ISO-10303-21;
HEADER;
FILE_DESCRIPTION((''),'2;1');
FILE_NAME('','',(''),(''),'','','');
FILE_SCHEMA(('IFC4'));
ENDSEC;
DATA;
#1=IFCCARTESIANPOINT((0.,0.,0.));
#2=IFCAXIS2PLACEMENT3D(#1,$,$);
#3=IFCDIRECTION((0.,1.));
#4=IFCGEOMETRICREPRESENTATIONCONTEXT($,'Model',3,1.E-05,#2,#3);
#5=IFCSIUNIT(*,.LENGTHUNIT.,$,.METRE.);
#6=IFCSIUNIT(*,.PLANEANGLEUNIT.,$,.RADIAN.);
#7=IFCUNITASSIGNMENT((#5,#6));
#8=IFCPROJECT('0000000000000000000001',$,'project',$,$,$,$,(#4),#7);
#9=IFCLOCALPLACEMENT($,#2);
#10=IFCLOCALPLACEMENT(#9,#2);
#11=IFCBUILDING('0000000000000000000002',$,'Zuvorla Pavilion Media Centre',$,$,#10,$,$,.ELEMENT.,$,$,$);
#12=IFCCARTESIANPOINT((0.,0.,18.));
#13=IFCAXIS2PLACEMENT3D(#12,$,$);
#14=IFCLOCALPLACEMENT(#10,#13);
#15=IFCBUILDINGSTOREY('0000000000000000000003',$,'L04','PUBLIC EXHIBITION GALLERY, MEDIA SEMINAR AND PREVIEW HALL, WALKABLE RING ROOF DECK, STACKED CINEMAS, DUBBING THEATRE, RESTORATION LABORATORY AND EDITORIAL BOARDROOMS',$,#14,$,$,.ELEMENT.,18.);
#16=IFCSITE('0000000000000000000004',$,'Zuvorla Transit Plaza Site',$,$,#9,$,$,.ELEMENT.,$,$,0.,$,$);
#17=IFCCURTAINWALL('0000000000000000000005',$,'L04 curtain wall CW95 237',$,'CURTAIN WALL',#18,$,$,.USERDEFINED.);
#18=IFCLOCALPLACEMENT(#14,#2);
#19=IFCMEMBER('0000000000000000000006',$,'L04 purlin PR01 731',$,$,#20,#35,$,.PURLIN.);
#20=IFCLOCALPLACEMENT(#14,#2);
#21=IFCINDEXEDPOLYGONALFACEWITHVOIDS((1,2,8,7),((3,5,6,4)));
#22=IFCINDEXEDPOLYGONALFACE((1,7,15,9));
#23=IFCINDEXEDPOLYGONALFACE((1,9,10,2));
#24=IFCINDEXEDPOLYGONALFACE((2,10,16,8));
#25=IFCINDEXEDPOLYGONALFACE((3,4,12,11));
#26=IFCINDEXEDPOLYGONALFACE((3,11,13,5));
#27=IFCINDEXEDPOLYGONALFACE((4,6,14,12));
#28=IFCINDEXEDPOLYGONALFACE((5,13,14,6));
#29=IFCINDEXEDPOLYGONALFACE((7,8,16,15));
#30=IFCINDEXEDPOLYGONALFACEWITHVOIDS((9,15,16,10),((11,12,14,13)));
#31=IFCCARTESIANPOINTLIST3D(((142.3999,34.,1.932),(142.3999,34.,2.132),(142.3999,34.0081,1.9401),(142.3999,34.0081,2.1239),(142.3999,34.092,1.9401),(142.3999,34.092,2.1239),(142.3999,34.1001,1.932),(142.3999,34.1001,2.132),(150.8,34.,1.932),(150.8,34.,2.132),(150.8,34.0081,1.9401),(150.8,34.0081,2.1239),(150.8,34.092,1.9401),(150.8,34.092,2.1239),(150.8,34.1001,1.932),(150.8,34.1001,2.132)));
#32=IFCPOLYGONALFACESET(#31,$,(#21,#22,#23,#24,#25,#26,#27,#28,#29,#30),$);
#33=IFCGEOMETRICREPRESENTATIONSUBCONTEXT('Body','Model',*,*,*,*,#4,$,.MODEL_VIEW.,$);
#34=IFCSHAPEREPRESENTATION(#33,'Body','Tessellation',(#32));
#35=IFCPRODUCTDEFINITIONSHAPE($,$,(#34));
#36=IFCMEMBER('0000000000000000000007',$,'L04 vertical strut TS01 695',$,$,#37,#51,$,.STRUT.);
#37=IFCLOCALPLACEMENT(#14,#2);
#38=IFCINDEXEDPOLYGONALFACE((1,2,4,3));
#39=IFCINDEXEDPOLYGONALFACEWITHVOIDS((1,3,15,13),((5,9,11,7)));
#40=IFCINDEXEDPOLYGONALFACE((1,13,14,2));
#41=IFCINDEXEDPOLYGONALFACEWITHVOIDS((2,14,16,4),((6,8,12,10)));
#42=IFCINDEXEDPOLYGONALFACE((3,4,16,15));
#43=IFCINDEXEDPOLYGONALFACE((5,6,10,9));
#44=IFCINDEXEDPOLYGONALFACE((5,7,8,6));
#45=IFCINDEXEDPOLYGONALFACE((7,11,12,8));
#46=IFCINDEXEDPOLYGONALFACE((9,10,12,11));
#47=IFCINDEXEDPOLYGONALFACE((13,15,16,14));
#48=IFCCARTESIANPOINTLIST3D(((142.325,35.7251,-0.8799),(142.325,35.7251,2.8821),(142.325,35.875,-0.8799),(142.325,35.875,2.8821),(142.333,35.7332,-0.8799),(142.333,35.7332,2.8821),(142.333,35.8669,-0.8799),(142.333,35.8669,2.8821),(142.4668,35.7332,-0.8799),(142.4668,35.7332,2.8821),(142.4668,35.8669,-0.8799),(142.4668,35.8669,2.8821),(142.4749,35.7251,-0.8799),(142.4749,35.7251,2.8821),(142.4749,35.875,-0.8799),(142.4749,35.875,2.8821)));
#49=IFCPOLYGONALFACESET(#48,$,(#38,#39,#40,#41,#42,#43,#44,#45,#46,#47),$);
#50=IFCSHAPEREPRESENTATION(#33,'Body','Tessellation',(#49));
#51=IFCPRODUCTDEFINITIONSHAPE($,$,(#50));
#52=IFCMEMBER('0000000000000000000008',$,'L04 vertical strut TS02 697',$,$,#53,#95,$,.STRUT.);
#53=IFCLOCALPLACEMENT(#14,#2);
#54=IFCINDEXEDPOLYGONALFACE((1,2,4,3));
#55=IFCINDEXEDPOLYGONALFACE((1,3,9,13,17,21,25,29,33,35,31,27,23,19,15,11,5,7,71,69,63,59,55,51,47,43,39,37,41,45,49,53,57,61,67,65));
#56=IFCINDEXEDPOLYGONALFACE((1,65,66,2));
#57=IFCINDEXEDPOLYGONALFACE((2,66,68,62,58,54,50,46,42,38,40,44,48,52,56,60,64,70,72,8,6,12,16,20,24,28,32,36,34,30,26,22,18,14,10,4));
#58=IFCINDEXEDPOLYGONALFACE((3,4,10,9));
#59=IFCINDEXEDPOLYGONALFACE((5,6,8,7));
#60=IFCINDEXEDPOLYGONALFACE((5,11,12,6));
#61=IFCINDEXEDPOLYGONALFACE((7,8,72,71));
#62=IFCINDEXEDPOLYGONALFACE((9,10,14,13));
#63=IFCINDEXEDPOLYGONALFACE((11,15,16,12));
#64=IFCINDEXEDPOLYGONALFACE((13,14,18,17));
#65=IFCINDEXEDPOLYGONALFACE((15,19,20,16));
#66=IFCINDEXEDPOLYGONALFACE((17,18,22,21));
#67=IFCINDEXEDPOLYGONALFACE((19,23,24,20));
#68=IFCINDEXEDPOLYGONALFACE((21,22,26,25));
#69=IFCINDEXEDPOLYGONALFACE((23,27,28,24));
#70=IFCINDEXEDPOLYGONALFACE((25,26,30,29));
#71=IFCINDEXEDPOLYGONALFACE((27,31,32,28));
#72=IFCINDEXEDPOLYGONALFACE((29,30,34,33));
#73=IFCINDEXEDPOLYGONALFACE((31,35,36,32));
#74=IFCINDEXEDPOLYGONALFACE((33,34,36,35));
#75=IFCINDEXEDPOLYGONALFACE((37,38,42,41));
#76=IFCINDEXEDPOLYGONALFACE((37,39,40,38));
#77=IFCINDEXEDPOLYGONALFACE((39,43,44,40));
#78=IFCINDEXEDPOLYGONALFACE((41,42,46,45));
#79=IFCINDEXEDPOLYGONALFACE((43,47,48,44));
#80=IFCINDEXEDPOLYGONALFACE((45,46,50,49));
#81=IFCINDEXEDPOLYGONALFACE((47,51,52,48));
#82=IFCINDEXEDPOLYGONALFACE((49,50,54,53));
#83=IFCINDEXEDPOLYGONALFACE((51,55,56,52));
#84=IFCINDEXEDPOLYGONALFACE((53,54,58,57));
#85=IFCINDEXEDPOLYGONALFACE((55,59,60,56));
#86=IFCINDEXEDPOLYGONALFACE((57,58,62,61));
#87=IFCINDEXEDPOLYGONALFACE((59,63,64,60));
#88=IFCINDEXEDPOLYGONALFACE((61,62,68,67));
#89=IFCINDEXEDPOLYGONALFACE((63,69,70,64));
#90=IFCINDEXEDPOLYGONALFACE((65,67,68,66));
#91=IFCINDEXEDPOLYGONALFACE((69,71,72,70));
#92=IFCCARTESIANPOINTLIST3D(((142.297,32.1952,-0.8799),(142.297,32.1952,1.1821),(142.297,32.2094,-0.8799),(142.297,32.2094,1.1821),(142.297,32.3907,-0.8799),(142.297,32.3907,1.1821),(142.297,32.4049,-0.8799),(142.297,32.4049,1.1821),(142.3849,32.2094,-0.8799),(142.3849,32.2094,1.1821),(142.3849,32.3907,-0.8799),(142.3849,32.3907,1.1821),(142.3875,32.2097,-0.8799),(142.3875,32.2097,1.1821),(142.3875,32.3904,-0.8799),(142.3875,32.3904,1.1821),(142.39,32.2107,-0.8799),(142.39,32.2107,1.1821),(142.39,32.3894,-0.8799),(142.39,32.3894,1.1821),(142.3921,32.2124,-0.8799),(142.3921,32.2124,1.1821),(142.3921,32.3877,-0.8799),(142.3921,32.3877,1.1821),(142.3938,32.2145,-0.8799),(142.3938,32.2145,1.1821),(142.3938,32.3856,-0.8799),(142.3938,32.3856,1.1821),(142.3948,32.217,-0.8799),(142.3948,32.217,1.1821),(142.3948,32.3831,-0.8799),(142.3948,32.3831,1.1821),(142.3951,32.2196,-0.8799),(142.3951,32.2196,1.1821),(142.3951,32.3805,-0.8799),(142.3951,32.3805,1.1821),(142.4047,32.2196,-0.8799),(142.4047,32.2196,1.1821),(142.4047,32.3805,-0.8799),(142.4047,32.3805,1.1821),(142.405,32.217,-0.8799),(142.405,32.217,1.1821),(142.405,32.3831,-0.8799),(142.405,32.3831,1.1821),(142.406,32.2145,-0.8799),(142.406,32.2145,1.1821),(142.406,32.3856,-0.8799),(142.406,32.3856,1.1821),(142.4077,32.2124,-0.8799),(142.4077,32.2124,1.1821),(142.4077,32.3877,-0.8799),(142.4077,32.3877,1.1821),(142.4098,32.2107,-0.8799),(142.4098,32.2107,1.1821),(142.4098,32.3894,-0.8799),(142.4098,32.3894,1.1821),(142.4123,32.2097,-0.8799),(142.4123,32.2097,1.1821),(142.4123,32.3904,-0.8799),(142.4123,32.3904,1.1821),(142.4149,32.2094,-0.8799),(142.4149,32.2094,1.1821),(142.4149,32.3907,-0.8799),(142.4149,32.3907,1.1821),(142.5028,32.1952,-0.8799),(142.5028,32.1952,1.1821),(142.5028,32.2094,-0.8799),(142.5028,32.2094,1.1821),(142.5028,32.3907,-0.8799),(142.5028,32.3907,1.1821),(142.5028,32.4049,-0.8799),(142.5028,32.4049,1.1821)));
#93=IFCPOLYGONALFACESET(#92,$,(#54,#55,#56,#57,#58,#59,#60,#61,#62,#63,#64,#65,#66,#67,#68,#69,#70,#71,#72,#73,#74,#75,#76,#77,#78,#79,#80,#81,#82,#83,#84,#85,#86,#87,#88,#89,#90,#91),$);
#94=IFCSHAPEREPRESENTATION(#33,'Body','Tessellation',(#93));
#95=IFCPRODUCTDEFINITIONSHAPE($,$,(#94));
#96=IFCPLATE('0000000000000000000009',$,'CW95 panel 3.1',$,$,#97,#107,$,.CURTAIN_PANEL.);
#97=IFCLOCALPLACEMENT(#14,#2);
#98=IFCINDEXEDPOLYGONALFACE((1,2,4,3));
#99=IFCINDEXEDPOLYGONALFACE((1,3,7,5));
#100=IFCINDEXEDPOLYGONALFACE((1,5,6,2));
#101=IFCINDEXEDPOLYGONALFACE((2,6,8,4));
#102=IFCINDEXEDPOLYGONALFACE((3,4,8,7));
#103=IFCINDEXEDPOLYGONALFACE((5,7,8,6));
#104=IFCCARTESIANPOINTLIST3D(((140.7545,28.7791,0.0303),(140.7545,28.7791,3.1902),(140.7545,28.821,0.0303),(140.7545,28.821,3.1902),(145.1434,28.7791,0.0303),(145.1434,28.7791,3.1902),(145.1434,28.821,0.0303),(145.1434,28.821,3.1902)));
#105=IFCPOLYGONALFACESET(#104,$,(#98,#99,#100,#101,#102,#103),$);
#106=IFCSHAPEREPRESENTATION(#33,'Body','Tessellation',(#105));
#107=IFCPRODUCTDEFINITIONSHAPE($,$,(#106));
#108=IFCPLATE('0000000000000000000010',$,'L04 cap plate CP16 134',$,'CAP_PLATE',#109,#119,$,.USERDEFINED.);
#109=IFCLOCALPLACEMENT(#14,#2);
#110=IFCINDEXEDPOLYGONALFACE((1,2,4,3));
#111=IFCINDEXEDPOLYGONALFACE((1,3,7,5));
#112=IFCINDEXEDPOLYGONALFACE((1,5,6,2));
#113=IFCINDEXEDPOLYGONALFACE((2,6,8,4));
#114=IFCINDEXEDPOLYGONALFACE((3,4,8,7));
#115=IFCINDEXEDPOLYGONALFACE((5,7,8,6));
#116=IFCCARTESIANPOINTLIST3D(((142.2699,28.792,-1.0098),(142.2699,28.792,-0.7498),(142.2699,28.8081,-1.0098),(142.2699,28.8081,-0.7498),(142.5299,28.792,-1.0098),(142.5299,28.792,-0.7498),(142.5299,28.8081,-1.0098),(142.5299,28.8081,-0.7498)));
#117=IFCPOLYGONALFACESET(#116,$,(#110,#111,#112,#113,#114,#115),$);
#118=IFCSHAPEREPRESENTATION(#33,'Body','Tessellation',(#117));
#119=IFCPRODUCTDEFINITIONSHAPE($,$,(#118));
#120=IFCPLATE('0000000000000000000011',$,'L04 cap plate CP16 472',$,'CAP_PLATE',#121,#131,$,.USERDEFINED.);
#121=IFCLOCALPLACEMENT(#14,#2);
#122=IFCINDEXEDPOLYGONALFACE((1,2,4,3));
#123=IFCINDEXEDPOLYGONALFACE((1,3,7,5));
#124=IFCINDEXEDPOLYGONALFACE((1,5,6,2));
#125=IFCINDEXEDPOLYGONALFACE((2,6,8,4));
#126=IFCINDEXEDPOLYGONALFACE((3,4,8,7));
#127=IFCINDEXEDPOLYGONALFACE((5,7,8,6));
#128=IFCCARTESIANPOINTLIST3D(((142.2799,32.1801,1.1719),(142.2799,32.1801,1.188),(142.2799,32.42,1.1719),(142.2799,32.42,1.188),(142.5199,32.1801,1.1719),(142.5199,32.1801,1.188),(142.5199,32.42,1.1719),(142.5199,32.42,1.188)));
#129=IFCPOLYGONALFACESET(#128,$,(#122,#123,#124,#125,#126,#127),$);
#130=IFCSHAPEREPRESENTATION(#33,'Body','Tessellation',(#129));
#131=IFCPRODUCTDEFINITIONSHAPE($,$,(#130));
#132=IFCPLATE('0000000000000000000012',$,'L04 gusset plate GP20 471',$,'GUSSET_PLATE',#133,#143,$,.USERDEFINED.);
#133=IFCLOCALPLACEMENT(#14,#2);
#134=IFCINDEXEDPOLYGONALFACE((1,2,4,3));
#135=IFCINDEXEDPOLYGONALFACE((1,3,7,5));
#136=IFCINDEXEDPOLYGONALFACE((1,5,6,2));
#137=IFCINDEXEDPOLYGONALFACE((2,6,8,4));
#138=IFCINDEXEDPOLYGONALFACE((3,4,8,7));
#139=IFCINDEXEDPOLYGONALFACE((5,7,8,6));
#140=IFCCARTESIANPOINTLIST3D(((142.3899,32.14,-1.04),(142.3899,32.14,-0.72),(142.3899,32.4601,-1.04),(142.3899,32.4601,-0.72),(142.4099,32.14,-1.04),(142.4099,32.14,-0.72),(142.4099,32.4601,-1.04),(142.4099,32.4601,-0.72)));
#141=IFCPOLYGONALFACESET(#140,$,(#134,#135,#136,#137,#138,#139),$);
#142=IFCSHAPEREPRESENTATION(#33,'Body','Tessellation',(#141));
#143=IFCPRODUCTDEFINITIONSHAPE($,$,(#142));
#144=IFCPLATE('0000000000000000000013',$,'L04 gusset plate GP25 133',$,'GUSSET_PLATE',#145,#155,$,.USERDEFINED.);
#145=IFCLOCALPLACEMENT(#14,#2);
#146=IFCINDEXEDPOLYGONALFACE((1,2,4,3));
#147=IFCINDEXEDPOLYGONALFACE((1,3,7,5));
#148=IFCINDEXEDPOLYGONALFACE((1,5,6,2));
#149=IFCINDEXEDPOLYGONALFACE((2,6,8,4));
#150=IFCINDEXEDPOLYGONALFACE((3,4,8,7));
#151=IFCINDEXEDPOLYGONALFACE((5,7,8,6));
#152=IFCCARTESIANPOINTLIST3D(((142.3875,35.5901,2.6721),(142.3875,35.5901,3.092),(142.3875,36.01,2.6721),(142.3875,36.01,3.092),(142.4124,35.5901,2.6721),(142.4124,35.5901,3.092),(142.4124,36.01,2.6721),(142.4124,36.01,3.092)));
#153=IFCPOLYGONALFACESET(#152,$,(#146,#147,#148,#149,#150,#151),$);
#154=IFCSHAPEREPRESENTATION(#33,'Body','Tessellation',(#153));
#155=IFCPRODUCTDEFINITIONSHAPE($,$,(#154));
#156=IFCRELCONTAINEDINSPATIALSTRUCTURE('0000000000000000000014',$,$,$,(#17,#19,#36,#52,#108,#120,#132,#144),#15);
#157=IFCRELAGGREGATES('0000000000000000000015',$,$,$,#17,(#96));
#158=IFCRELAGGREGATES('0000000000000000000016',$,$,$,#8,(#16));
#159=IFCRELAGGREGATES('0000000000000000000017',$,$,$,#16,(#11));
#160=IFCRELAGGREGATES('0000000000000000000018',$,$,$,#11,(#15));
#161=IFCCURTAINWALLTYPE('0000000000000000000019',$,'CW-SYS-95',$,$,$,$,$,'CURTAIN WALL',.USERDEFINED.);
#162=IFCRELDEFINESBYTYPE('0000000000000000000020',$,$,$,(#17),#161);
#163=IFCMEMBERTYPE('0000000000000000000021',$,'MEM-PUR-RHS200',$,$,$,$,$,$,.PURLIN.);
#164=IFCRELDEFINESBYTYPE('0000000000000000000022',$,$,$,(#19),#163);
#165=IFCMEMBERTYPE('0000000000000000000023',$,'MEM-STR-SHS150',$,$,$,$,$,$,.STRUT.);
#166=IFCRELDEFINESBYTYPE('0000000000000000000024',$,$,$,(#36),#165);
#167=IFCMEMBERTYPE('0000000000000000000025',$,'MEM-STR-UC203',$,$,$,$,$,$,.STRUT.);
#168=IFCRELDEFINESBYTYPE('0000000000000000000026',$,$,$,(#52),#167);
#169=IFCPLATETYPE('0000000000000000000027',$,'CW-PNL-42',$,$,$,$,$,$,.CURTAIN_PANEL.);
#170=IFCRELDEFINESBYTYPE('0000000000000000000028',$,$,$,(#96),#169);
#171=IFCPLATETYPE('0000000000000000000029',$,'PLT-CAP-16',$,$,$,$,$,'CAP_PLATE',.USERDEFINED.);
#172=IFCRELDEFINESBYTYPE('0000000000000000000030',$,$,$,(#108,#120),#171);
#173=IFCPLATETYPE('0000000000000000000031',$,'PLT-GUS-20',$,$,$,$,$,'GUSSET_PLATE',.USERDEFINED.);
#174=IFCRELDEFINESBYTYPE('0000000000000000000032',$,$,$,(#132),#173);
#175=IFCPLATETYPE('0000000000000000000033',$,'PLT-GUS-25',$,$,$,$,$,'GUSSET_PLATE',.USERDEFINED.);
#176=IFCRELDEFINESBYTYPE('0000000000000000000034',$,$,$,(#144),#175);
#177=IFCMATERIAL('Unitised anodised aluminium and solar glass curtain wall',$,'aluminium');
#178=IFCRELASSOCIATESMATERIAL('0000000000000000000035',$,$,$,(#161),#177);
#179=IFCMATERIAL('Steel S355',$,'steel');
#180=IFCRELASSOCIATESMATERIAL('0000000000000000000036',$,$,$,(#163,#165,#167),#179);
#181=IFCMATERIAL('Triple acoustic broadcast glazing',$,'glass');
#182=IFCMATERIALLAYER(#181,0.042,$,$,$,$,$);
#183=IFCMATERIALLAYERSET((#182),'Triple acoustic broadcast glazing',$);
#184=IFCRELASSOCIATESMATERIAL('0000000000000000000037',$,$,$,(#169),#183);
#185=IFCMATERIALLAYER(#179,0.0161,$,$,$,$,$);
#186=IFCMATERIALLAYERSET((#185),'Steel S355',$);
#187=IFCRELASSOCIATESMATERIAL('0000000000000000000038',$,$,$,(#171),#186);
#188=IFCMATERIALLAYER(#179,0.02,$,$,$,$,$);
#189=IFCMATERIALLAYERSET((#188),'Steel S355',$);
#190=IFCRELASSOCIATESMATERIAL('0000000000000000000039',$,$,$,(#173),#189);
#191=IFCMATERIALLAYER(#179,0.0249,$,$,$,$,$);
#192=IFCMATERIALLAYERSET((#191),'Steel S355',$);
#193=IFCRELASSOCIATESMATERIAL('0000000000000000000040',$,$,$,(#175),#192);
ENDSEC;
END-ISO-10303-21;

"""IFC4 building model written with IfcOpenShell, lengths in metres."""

from ifc_helpers import new_model, si_unit, direction, frame, origin, origin_2d, place, context, subcontext, project, spatial, rectangle, hollow_rectangle, i_section, extrude, material, layer, layer_set, material_profile, profile_set, type_object, element, aggregate, save


model = new_model("IFC4")

# Units and contexts
model_context = context("Model", 3, precision=1e-05, world=origin(), true_north=direction((0.0, 1.0)))
body_context = subcontext(model_context, "Body", "Model", "MODEL_VIEW")
ifc_project = project(units=[si_unit("LENGTHUNIT", "METRE"), si_unit("PLANEANGLEUNIT", "RADIAN")], contexts=[model_context])

# Site, building, storey
site_placement = place(None, origin())
site = spatial("IfcSite", under=ifc_project, at=site_placement, Name="Zuvorla Transit Plaza Site", CompositionType="ELEMENT", RefElevation=0.0)
building_placement = place(site_placement, origin())
building = spatial("IfcBuilding", under=site, at=building_placement, Name="Zuvorla Pavilion Media Centre", CompositionType="ELEMENT")
storey_placement = place(building_placement, frame((0.0, 0.0, 18.0)))
storey = spatial("IfcBuildingStorey", under=building, at=storey_placement, Name="L04", Description="PUBLIC EXHIBITION GALLERY, MEDIA SEMINAR AND PREVIEW HALL, WALKABLE RING ROOF DECK, STACKED CINEMAS, DUBBING THEATRE, RESTORATION LABORATORY AND EDITORIAL BOARDROOMS", CompositionType="ELEMENT", Elevation=18.0)

# Curtain wall
ifc_material_1 = material(Name="Unitised anodised aluminium and solar glass curtain wall", Category="aluminium")
curtain_wall_type_1 = type_object("IfcCurtainWallType", Name="CW-SYS-95", ElementType="CURTAIN WALL", PredefinedType="USERDEFINED", material=ifc_material_1)
curtain_wall_1_placement = place(storey_placement, origin())
curtain_wall_1 = element("IfcCurtainWall", 1, at=curtain_wall_1_placement, inside=storey, type_object=curtain_wall_type_1, Name="L04 curtain wall CW95 237", ObjectType="CURTAIN WALL", PredefinedType="USERDEFINED")

# Members
ifc_material_2 = material(Name="Steel S355", Category="steel")
ifc_material_profile_1 = material_profile(ifc_material_2, hollow_rectangle(XDim=0.1001, YDim=0.2, WallThickness=0.0081, at=origin_2d()), Name="RHS 200x100x8")
ifc_profile_set_1 = profile_set([ifc_material_profile_1], Name="Steel S355")
member_type_1 = type_object("IfcMemberType", Name="MEM-PUR-RHS200", PredefinedType="PURLIN", material=ifc_profile_set_1)
for number, where, z_axis, x_axis, name in (
    (2, (142.3999, 34.05, 2.032), (1.0, 0.0, 0.0), (0.0, 1.0, 0.0), "L04 purlin PR01 731"),
):
    element("IfcMember", number, at=place(storey_placement, frame(where, z_axis=z_axis, x_axis=x_axis)), inside=storey, type_object=member_type_1, Name=name, PredefinedType="PURLIN", context=body_context, shape_type="SweptSolid", body=[
        extrude(hollow_rectangle(XDim=0.1001, YDim=0.2, WallThickness=0.0081, at=origin_2d()), origin(), (0.0, 0.0, 1.0), 8.4001),
    ])
ifc_material_profile_2 = material_profile(ifc_material_2, hollow_rectangle(XDim=0.1499, YDim=0.1499, WallThickness=0.0081, at=origin_2d()), Name="SHS 150x150x8")
ifc_profile_set_2 = profile_set([ifc_material_profile_2], Name="Steel S355")
member_type_2 = type_object("IfcMemberType", Name="MEM-STR-SHS150", PredefinedType="STRUT", material=ifc_profile_set_2)
member_1_placement = place(storey_placement, frame((142.3999, 35.8, -0.8799), z_axis=(0.0, 0.0, 1.0), x_axis=(1.0, 0.0, 0.0)))
element("IfcMember", 3, at=member_1_placement, inside=storey, type_object=member_type_2, Name="L04 vertical strut TS01 695", PredefinedType="STRUT", context=body_context, shape_type="SweptSolid", body=[
    extrude(hollow_rectangle(XDim=0.1499, YDim=0.1499, WallThickness=0.0081, at=origin_2d()), origin(), (0.0, 0.0, 1.0), 3.762),
])
ifc_material_profile_3 = material_profile(ifc_material_2, i_section(OverallWidth=0.2058, OverallDepth=0.2097, WebThickness=0.0095, FlangeThickness=0.0142, FilletRadius=0.0103, at=origin_2d()), Name="UC 203x203x60")
ifc_profile_set_3 = profile_set([ifc_material_profile_3], Name="Steel S355")
member_type_3 = type_object("IfcMemberType", Name="MEM-STR-UC203", PredefinedType="STRUT", material=ifc_profile_set_3)
member_2_placement = place(storey_placement, frame((142.3999, 32.3, -0.8799), z_axis=(0.0, 0.0, 1.0), x_axis=(1.0, 0.0, 0.0)))
element("IfcMember", 4, at=member_2_placement, inside=storey, type_object=member_type_3, Name="L04 vertical strut TS02 697", PredefinedType="STRUT", context=body_context, shape_type="SweptSolid", body=[
    extrude(i_section(OverallWidth=0.2058, OverallDepth=0.2097, WebThickness=0.0095, FlangeThickness=0.0142, FilletRadius=0.0103, at=origin_2d()), origin(), (0.0, 0.0, 1.0), 2.062),
])

# Plate
ifc_material_3 = material(Name="Triple acoustic broadcast glazing", Category="glass")
ifc_layer_1 = layer(ifc_material_3, 0.042)
ifc_layer_set_1 = layer_set([ifc_layer_1], Name="Triple acoustic broadcast glazing")
plate_type_1 = type_object("IfcPlateType", Name="CW-PNL-42", PredefinedType="CURTAIN_PANEL", material=ifc_layer_set_1)
plate_1_placement = place(storey_placement, frame((142.949, 28.8, 0.0303), z_axis=(0.0, 0.0, 1.0), x_axis=(1.0, 0.0, 0.0)))
plate_1 = element("IfcPlate", 5, at=plate_1_placement, type_object=plate_type_1, Name="CW95 panel 3.1", PredefinedType="CURTAIN_PANEL", context=body_context, shape_type="SweptSolid", body=[
    extrude(rectangle(XDim=4.3889, YDim=0.042, at=origin_2d()), origin(), (0.0, 0.0, 1.0), 3.1599),
])
aggregate(curtain_wall_1, [plate_1])

# Plates
ifc_layer_2 = layer(ifc_material_2, 0.0161)
ifc_layer_set_2 = layer_set([ifc_layer_2], Name="Steel S355")
plate_type_2 = type_object("IfcPlateType", Name="PLT-CAP-16", ElementType="CAP_PLATE", PredefinedType="USERDEFINED", material=ifc_layer_set_2)
plate_2_placement = place(storey_placement, frame((142.3999, 28.8, -1.0098), z_axis=(0.0, 0.0, 1.0), x_axis=(1.0, 0.0, 0.0)))
element("IfcPlate", 6, at=plate_2_placement, inside=storey, type_object=plate_type_2, Name="L04 cap plate CP16 134", ObjectType="CAP_PLATE", PredefinedType="USERDEFINED", context=body_context, shape_type="SweptSolid", body=[
    extrude(rectangle(XDim=0.26, YDim=0.0161, at=origin_2d()), origin(), (0.0, 0.0, 1.0), 0.26),
])
plate_3_placement = place(storey_placement, frame((142.3999, 32.3, 1.1719), z_axis=(0.0, 0.0, 1.0), x_axis=(1.0, 0.0, 0.0)))
element("IfcPlate", 7, at=plate_3_placement, inside=storey, type_object=plate_type_2, Name="L04 cap plate CP16 472", ObjectType="CAP_PLATE", PredefinedType="USERDEFINED", context=body_context, shape_type="SweptSolid", body=[
    extrude(rectangle(XDim=0.24, YDim=0.24, at=origin_2d()), origin(), (0.0, 0.0, 1.0), 0.0161),
])
ifc_layer_3 = layer(ifc_material_2, 0.02)
ifc_layer_set_3 = layer_set([ifc_layer_3], Name="Steel S355")
plate_type_3 = type_object("IfcPlateType", Name="PLT-GUS-20", ElementType="GUSSET_PLATE", PredefinedType="USERDEFINED", material=ifc_layer_set_3)
plate_4_placement = place(storey_placement, frame((142.3999, 32.3, -1.04), z_axis=(0.0, 0.0, 1.0), x_axis=(1.0, 0.0, 0.0)))
element("IfcPlate", 8, at=plate_4_placement, inside=storey, type_object=plate_type_3, Name="L04 gusset plate GP20 471", ObjectType="GUSSET_PLATE", PredefinedType="USERDEFINED", context=body_context, shape_type="SweptSolid", body=[
    extrude(rectangle(XDim=0.02, YDim=0.3201, at=origin_2d()), origin(), (0.0, 0.0, 1.0), 0.3201),
])
ifc_layer_4 = layer(ifc_material_2, 0.0249)
ifc_layer_set_4 = layer_set([ifc_layer_4], Name="Steel S355")
plate_type_4 = type_object("IfcPlateType", Name="PLT-GUS-25", ElementType="GUSSET_PLATE", PredefinedType="USERDEFINED", material=ifc_layer_set_4)
plate_5_placement = place(storey_placement, frame((142.3999, 35.8, 2.6721), z_axis=(0.0, 0.0, 1.0), x_axis=(1.0, 0.0, 0.0)))
element("IfcPlate", 9, at=plate_5_placement, inside=storey, type_object=plate_type_4, Name="L04 gusset plate GP25 133", ObjectType="GUSSET_PLATE", PredefinedType="USERDEFINED", context=body_context, shape_type="SweptSolid", body=[
    extrude(rectangle(XDim=0.0249, YDim=0.4199, at=origin_2d()), origin(), (0.0, 0.0, 1.0), 0.4199),
])

save(model, "model.ifc")
